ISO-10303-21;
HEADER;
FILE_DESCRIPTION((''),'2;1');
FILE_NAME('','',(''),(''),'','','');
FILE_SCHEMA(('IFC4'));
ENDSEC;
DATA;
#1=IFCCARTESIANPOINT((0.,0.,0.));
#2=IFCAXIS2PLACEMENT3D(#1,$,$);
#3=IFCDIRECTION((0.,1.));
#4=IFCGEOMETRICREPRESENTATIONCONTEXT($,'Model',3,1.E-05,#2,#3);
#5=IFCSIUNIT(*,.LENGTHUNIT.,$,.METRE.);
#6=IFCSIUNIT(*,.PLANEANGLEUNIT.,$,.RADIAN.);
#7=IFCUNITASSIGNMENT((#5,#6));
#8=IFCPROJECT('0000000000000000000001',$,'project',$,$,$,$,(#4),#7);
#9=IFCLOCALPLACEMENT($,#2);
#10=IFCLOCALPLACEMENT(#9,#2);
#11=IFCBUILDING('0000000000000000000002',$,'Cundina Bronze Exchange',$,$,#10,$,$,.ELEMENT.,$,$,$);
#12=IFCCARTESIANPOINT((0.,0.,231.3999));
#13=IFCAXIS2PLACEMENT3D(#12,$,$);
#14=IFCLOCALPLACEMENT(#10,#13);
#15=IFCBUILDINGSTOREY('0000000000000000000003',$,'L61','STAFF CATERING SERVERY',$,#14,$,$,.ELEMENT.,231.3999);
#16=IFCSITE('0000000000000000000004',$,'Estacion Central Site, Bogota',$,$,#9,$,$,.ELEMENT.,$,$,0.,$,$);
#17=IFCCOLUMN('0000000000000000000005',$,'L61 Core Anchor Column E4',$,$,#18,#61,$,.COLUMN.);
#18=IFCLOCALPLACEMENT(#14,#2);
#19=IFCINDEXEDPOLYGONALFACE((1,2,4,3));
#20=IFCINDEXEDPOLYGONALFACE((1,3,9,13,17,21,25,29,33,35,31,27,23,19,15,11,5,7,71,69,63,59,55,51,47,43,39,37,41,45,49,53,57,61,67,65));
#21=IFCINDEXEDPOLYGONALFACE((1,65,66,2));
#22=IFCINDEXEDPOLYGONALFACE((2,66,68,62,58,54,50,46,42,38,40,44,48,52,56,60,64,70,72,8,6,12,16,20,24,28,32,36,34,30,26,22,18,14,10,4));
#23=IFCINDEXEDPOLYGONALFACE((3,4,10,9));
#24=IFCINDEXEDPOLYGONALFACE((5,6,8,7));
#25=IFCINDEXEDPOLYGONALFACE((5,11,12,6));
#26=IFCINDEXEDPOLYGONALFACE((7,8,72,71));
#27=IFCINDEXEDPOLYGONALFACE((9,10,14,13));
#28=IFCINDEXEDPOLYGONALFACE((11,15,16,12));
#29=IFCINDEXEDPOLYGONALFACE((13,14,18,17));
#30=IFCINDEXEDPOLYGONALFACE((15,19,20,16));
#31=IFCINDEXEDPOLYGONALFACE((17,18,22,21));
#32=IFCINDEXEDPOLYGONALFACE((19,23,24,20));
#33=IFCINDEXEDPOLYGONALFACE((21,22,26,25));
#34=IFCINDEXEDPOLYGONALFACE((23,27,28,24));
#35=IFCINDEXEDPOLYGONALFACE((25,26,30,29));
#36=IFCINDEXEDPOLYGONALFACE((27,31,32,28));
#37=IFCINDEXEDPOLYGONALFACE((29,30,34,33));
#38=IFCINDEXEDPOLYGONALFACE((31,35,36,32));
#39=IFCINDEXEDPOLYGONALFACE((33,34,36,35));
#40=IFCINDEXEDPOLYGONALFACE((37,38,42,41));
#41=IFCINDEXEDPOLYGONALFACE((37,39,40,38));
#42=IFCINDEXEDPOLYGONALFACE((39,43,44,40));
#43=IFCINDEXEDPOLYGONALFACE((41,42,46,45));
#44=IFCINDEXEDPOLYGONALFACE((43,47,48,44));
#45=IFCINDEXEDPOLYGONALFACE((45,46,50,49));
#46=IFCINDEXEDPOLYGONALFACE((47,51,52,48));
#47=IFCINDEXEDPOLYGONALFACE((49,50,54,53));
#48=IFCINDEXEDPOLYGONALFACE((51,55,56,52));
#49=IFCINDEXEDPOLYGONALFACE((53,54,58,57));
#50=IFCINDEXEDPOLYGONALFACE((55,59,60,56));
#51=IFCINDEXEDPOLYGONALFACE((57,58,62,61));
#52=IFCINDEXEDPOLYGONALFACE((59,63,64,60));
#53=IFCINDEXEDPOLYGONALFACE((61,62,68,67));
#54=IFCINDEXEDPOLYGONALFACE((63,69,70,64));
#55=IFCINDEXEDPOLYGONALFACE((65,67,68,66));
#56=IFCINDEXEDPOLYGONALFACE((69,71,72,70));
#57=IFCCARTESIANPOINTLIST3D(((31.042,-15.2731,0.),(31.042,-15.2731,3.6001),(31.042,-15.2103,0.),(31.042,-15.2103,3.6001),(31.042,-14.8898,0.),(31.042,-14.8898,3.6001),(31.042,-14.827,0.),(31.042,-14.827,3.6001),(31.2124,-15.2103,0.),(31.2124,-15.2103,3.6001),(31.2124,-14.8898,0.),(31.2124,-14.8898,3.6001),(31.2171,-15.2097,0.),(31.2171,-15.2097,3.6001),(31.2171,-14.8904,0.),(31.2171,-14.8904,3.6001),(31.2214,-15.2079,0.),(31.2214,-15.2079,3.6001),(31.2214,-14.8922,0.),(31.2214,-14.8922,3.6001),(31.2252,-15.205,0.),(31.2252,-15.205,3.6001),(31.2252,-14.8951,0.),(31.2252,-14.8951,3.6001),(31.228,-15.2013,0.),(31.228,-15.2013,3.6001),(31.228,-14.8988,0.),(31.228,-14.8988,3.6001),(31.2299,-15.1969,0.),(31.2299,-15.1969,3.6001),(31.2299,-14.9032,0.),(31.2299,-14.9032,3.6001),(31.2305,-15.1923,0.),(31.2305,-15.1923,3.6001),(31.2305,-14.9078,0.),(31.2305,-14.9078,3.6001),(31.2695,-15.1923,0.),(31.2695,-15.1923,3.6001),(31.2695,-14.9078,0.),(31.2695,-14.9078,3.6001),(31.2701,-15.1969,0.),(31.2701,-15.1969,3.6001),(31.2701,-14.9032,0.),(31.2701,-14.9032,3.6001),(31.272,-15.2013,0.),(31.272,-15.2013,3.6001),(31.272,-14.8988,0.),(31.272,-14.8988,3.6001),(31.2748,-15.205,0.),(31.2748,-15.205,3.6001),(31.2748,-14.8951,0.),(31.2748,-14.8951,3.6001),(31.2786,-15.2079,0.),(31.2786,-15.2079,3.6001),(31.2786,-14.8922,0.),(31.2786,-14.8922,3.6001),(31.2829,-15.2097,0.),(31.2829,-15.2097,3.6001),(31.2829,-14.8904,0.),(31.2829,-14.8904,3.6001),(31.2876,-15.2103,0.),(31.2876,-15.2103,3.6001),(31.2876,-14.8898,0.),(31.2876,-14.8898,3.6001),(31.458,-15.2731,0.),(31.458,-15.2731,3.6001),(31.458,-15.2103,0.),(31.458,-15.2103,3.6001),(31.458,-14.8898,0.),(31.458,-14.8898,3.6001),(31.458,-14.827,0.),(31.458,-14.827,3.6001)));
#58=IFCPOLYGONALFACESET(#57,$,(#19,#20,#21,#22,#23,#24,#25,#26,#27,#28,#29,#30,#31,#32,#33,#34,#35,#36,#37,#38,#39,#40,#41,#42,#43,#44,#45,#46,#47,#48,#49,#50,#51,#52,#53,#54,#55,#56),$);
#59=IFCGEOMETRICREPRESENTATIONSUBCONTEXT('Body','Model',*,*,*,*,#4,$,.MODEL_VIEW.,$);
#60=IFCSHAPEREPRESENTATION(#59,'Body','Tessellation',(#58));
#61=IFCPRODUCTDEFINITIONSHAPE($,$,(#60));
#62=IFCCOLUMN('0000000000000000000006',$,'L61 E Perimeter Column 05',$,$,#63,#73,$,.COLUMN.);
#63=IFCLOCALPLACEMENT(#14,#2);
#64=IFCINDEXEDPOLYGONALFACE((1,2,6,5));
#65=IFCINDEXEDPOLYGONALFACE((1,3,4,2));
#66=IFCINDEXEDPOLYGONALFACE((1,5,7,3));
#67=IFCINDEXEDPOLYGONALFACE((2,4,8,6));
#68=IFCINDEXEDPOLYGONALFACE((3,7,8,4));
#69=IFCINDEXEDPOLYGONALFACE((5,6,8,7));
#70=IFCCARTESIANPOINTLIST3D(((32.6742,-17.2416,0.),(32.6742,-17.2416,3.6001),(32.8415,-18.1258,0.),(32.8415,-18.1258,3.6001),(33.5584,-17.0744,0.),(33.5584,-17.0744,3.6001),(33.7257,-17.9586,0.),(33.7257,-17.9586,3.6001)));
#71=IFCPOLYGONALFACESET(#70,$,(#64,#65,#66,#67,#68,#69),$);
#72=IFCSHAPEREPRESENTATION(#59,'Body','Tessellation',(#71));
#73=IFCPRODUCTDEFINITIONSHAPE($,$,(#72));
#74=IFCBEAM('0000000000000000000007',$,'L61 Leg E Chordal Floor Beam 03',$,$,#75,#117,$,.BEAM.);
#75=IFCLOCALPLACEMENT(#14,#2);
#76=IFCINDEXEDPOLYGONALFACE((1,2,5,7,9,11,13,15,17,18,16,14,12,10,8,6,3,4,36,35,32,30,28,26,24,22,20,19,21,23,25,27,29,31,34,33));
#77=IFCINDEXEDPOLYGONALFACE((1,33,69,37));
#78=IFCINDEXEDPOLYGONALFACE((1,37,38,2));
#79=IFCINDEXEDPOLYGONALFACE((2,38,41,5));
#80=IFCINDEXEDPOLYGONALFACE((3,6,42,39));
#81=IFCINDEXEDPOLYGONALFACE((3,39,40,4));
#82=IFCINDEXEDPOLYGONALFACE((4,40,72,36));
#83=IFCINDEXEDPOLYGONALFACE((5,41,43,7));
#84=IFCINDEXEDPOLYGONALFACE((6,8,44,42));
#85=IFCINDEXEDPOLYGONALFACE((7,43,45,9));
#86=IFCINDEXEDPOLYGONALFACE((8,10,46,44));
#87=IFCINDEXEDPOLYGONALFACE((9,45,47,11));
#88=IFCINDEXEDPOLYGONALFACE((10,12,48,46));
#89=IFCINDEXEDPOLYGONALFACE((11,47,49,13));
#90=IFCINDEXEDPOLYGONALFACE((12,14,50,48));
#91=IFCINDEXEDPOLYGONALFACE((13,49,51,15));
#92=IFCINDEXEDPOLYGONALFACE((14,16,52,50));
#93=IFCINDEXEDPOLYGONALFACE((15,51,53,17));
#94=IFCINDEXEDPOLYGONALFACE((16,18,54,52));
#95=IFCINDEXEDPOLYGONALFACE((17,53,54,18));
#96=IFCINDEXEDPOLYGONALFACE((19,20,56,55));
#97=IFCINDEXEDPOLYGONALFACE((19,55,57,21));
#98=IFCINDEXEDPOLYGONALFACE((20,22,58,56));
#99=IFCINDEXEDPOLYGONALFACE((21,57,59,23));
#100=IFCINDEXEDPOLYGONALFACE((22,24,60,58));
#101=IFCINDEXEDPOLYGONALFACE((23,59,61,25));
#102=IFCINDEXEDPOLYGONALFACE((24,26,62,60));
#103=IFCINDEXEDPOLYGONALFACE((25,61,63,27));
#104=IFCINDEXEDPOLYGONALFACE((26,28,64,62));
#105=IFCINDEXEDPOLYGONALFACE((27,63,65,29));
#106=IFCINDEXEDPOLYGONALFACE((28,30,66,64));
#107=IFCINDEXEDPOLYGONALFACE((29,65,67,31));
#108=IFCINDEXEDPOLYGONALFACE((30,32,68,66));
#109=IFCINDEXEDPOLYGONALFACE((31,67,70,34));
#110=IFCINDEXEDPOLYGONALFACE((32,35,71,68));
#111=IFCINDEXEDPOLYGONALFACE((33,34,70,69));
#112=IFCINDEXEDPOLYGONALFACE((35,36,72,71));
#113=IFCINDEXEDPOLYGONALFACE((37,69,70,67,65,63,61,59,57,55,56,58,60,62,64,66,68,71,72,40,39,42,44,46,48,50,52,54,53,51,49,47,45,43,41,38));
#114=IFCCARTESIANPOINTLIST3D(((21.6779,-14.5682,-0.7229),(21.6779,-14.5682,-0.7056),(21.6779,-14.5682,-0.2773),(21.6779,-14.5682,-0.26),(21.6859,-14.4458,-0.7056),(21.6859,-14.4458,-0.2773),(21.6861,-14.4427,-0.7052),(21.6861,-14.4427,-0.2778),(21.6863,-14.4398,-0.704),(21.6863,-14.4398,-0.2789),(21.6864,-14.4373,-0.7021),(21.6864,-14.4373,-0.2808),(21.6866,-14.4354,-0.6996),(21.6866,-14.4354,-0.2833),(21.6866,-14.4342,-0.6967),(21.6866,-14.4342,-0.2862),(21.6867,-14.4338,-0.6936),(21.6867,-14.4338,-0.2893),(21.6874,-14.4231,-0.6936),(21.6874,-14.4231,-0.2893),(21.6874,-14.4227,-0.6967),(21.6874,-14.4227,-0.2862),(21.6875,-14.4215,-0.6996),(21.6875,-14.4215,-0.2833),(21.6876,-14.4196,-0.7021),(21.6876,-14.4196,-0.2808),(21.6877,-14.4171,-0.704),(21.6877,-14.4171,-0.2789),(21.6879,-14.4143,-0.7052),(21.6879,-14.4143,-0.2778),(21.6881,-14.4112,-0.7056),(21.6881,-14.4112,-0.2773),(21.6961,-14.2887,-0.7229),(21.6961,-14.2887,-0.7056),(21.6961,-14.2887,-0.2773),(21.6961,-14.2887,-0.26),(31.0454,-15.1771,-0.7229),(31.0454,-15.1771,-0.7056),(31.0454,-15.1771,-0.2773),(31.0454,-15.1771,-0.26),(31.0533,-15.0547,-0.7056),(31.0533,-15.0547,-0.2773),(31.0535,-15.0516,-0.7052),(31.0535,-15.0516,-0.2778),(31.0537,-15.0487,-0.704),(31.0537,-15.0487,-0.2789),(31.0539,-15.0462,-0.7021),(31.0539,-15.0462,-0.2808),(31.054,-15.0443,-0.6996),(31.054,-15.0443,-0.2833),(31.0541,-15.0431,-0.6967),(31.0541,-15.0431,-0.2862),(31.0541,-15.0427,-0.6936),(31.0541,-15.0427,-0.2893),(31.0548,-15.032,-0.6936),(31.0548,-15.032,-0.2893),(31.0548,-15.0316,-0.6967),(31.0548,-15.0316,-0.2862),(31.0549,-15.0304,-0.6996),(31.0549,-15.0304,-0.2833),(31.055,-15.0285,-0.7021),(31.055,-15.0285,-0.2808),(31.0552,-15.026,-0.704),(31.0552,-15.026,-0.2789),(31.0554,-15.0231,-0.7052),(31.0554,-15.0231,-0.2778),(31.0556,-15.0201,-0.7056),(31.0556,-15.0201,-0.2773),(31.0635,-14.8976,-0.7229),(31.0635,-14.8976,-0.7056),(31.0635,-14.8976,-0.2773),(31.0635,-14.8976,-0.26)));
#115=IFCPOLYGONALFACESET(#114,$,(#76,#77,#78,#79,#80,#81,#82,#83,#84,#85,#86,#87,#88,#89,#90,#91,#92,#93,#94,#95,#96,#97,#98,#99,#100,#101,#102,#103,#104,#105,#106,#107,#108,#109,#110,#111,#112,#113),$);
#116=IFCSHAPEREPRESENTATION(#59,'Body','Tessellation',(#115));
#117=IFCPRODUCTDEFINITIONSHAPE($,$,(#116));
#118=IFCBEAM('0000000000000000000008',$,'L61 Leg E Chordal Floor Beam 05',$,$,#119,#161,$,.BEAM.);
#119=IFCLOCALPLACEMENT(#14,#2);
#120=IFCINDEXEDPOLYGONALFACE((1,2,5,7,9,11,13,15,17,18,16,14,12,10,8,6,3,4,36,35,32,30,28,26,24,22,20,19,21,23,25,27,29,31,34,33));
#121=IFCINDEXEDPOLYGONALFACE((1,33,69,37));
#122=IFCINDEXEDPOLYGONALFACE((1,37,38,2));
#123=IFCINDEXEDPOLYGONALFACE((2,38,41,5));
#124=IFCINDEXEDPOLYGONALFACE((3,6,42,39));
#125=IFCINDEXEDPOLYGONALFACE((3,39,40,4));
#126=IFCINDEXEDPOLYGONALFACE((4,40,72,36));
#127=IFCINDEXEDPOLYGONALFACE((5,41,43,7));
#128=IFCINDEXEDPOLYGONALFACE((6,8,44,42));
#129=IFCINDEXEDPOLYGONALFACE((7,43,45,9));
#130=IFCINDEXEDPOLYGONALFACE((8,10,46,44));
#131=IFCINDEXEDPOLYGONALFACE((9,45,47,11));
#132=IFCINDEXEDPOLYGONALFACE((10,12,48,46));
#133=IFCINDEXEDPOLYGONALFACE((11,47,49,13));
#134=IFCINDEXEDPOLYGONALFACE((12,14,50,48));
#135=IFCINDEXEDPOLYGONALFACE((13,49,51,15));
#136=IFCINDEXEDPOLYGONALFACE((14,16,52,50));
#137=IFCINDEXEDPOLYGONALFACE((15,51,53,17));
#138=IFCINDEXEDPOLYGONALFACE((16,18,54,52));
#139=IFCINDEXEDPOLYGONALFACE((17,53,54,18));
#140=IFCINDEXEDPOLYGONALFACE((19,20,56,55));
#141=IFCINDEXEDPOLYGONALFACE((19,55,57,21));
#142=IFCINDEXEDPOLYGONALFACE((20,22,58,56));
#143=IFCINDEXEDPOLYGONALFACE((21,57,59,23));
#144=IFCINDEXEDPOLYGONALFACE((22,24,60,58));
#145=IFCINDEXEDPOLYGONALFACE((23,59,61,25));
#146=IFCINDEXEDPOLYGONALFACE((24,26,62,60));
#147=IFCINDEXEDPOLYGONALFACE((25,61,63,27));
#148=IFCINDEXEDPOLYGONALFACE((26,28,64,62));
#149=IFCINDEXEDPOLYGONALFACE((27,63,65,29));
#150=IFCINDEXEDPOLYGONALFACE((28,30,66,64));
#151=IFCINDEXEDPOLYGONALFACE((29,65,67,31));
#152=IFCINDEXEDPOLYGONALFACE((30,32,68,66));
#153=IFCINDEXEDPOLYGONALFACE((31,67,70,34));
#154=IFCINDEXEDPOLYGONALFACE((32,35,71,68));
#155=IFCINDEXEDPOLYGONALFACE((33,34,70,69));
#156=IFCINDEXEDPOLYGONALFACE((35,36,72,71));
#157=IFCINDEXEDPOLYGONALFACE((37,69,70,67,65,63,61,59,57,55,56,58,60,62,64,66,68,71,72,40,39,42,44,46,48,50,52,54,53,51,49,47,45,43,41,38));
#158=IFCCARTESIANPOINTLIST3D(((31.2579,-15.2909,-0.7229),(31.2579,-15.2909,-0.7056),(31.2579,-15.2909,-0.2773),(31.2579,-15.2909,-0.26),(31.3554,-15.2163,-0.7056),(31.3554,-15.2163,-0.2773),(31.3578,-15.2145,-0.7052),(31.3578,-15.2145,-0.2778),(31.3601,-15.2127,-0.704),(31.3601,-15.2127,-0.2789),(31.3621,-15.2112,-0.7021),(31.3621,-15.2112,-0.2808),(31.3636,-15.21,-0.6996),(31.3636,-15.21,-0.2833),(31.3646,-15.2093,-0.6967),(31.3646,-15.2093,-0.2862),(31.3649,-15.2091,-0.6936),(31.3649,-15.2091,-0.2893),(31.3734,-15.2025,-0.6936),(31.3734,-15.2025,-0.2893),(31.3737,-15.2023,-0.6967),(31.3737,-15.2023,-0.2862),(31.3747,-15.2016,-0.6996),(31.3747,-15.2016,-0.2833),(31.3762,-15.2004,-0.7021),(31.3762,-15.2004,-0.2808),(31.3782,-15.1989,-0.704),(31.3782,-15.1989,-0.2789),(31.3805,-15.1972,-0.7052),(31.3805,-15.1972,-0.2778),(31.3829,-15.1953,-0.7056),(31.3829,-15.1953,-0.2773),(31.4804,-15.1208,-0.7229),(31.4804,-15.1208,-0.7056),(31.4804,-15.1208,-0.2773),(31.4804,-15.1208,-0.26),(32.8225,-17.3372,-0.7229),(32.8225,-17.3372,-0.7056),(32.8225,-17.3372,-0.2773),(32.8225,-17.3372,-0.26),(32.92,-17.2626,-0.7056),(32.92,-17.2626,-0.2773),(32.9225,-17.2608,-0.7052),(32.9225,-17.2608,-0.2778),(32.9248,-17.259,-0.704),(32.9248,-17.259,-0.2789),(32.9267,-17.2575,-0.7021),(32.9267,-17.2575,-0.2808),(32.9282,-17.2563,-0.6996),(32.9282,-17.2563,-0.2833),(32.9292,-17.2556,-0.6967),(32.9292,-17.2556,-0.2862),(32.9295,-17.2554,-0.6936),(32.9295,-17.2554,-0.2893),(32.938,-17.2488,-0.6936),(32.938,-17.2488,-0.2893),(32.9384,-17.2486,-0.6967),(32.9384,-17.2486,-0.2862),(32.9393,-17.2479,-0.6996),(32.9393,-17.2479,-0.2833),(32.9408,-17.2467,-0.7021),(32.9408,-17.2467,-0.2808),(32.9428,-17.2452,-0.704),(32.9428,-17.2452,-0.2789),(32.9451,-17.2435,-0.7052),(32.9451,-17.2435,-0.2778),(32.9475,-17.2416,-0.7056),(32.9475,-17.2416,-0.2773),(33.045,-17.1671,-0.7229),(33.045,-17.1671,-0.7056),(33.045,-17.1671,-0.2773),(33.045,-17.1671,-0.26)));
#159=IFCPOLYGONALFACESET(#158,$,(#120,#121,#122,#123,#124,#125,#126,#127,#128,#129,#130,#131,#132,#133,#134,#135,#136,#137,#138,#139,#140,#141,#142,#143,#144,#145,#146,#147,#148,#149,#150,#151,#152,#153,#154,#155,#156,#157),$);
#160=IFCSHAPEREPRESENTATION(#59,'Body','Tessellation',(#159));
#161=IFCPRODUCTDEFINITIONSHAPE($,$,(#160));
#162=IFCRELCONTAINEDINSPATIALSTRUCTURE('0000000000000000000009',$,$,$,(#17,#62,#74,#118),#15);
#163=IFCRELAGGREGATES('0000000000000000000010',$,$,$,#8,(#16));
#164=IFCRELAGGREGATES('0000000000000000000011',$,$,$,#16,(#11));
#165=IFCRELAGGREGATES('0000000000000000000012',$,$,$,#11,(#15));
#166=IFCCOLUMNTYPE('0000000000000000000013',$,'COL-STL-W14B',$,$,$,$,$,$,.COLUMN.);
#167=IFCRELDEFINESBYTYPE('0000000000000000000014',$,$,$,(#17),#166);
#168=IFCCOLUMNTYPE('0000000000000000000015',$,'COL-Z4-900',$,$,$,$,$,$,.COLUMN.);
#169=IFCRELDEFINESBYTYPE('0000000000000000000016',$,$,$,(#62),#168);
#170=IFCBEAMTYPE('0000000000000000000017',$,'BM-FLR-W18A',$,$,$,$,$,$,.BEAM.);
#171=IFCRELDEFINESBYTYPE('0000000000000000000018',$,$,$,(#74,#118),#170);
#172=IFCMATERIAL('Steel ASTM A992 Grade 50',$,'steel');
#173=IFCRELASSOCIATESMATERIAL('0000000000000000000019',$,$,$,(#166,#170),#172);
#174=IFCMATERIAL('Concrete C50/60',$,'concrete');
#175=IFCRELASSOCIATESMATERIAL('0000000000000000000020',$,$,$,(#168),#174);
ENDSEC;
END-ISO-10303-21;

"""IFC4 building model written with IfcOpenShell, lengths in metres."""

from ifc_helpers import new_model, si_unit, direction, frame, origin, origin_2d, place, context, subcontext, project, spatial, rectangle, i_section, extrude, material, material_profile, profile_set, type_object, element, save


model = new_model("IFC4")

# Units and contexts
model_context = context("Model", 3, precision=1e-05, world=origin(), true_north=direction((0.0, 1.0)))
body_context = subcontext(model_context, "Body", "Model", "MODEL_VIEW")
ifc_project = project(units=[si_unit("LENGTHUNIT", "METRE"), si_unit("PLANEANGLEUNIT", "RADIAN")], contexts=[model_context])

# Site, building, storey
site_placement = place(None, origin())
site = spatial("IfcSite", under=ifc_project, at=site_placement, Name="Estacion Central Site, Bogota", CompositionType="ELEMENT", RefElevation=0.0)
building_placement = place(site_placement, origin())
building = spatial("IfcBuilding", under=site, at=building_placement, Name="Cundina Bronze Exchange", CompositionType="ELEMENT")
storey_placement = place(building_placement, frame((0.0, 0.0, 231.3999)))
storey = spatial("IfcBuildingStorey", under=building, at=storey_placement, Name="L61", Description="STAFF CATERING SERVERY", CompositionType="ELEMENT", Elevation=231.3999)

# Columns
ifc_material_1 = material(Name="Steel ASTM A992 Grade 50", Category="steel")
ifc_material_profile_1 = material_profile(ifc_material_1, i_section(OverallWidth=0.416, OverallDepth=0.446, WebThickness=0.0391, FlangeThickness=0.0627, FilletRadius=0.0181, at=origin_2d()), Name="W14X342", Category="steel")
ifc_profile_set_1 = profile_set([ifc_material_profile_1], Name="Steel ASTM A992 Grade 50")
column_type_1 = type_object("IfcColumnType", Name="COL-STL-W14B", PredefinedType="COLUMN", material=ifc_profile_set_1)
column_1_placement = place(storey_placement, frame((31.25, -15.05, 0.0), z_axis=(0.0, 0.0, 1.0), x_axis=(1.0, 0.0, 0.0)))
element("IfcColumn", 1, at=column_1_placement, inside=storey, type_object=column_type_1, Name="L61 Core Anchor Column E4", PredefinedType="COLUMN", context=body_context, shape_type="SweptSolid", body=[
    extrude(i_section(OverallWidth=0.416, OverallDepth=0.446, WebThickness=0.0391, FlangeThickness=0.0627, FilletRadius=0.0181, at=origin_2d()), origin(), (0.0, 0.0, 1.0), 3.6001),
])
ifc_material_2 = material(Name="Concrete C50/60", Category="concrete")
ifc_material_profile_2 = material_profile(ifc_material_2, rectangle(XDim=0.8999, YDim=0.8999, at=origin_2d()), Name="RC900X900", Category="concrete")
ifc_profile_set_2 = profile_set([ifc_material_profile_2], Name="Concrete C50/60")
column_type_2 = type_object("IfcColumnType", Name="COL-Z4-900", PredefinedType="COLUMN", material=ifc_profile_set_2)
column_2_placement = place(storey_placement, frame((33.2, -17.6001, 0.0), z_axis=(0.0, 0.0, 1.0), x_axis=(0.98258, 0.185838, 0.0)))
element("IfcColumn", 2, at=column_2_placement, inside=storey, type_object=column_type_2, Name="L61 E Perimeter Column 05", PredefinedType="COLUMN", context=body_context, shape_type="SweptSolid", body=[
    extrude(rectangle(XDim=0.8999, YDim=0.8999, at=origin_2d()), origin(), (0.0, 0.0, 1.0), 3.6001),
])

# Beams
ifc_material_profile_3 = material_profile(ifc_material_1, i_section(OverallWidth=0.28, OverallDepth=0.4629, WebThickness=0.0107, FlangeThickness=0.0173, FilletRadius=0.012, at=origin_2d()), Name="W18X76", Category="steel")
ifc_profile_set_3 = profile_set([ifc_material_profile_3], Name="Steel ASTM A992 Grade 50")
beam_type_1 = type_object("IfcBeamType", Name="BM-FLR-W18A", PredefinedType="BEAM", material=ifc_profile_set_3)
beam_1_placement = place(storey_placement, frame((31.0544, -15.0374, -0.4915), z_axis=(-0.997894, 0.064864, 0.0), x_axis=(-0.064864, -0.997894, 0.0)))
element("IfcBeam", 3, at=beam_1_placement, inside=storey, type_object=beam_type_1, Name="L61 Leg E Chordal Floor Beam 03", PredefinedType="BEAM", context=body_context, shape_type="SweptSolid", body=[
    extrude(i_section(OverallWidth=0.28, OverallDepth=0.4629, WebThickness=0.0107, FlangeThickness=0.0173, FilletRadius=0.012, at=origin_2d()), origin(), (0.0, 0.0, 1.0), 9.3872),
])
beam_2_placement = place(storey_placement, frame((31.3691, -15.2058, -0.4915), z_axis=(0.607404, -0.794393, 0.0), x_axis=(0.794393, 0.607404, 0.0)))
element("IfcBeam", 4, at=beam_2_placement, inside=storey, type_object=beam_type_1, Name="L61 Leg E Chordal Floor Beam 05", PredefinedType="BEAM", context=body_context, shape_type="SweptSolid", body=[
    extrude(i_section(OverallWidth=0.28, OverallDepth=0.4629, WebThickness=0.0107, FlangeThickness=0.0173, FilletRadius=0.012, at=origin_2d()), origin(), (0.0, 0.0, 1.0), 2.5759),
])

save(model, "model.ifc")
